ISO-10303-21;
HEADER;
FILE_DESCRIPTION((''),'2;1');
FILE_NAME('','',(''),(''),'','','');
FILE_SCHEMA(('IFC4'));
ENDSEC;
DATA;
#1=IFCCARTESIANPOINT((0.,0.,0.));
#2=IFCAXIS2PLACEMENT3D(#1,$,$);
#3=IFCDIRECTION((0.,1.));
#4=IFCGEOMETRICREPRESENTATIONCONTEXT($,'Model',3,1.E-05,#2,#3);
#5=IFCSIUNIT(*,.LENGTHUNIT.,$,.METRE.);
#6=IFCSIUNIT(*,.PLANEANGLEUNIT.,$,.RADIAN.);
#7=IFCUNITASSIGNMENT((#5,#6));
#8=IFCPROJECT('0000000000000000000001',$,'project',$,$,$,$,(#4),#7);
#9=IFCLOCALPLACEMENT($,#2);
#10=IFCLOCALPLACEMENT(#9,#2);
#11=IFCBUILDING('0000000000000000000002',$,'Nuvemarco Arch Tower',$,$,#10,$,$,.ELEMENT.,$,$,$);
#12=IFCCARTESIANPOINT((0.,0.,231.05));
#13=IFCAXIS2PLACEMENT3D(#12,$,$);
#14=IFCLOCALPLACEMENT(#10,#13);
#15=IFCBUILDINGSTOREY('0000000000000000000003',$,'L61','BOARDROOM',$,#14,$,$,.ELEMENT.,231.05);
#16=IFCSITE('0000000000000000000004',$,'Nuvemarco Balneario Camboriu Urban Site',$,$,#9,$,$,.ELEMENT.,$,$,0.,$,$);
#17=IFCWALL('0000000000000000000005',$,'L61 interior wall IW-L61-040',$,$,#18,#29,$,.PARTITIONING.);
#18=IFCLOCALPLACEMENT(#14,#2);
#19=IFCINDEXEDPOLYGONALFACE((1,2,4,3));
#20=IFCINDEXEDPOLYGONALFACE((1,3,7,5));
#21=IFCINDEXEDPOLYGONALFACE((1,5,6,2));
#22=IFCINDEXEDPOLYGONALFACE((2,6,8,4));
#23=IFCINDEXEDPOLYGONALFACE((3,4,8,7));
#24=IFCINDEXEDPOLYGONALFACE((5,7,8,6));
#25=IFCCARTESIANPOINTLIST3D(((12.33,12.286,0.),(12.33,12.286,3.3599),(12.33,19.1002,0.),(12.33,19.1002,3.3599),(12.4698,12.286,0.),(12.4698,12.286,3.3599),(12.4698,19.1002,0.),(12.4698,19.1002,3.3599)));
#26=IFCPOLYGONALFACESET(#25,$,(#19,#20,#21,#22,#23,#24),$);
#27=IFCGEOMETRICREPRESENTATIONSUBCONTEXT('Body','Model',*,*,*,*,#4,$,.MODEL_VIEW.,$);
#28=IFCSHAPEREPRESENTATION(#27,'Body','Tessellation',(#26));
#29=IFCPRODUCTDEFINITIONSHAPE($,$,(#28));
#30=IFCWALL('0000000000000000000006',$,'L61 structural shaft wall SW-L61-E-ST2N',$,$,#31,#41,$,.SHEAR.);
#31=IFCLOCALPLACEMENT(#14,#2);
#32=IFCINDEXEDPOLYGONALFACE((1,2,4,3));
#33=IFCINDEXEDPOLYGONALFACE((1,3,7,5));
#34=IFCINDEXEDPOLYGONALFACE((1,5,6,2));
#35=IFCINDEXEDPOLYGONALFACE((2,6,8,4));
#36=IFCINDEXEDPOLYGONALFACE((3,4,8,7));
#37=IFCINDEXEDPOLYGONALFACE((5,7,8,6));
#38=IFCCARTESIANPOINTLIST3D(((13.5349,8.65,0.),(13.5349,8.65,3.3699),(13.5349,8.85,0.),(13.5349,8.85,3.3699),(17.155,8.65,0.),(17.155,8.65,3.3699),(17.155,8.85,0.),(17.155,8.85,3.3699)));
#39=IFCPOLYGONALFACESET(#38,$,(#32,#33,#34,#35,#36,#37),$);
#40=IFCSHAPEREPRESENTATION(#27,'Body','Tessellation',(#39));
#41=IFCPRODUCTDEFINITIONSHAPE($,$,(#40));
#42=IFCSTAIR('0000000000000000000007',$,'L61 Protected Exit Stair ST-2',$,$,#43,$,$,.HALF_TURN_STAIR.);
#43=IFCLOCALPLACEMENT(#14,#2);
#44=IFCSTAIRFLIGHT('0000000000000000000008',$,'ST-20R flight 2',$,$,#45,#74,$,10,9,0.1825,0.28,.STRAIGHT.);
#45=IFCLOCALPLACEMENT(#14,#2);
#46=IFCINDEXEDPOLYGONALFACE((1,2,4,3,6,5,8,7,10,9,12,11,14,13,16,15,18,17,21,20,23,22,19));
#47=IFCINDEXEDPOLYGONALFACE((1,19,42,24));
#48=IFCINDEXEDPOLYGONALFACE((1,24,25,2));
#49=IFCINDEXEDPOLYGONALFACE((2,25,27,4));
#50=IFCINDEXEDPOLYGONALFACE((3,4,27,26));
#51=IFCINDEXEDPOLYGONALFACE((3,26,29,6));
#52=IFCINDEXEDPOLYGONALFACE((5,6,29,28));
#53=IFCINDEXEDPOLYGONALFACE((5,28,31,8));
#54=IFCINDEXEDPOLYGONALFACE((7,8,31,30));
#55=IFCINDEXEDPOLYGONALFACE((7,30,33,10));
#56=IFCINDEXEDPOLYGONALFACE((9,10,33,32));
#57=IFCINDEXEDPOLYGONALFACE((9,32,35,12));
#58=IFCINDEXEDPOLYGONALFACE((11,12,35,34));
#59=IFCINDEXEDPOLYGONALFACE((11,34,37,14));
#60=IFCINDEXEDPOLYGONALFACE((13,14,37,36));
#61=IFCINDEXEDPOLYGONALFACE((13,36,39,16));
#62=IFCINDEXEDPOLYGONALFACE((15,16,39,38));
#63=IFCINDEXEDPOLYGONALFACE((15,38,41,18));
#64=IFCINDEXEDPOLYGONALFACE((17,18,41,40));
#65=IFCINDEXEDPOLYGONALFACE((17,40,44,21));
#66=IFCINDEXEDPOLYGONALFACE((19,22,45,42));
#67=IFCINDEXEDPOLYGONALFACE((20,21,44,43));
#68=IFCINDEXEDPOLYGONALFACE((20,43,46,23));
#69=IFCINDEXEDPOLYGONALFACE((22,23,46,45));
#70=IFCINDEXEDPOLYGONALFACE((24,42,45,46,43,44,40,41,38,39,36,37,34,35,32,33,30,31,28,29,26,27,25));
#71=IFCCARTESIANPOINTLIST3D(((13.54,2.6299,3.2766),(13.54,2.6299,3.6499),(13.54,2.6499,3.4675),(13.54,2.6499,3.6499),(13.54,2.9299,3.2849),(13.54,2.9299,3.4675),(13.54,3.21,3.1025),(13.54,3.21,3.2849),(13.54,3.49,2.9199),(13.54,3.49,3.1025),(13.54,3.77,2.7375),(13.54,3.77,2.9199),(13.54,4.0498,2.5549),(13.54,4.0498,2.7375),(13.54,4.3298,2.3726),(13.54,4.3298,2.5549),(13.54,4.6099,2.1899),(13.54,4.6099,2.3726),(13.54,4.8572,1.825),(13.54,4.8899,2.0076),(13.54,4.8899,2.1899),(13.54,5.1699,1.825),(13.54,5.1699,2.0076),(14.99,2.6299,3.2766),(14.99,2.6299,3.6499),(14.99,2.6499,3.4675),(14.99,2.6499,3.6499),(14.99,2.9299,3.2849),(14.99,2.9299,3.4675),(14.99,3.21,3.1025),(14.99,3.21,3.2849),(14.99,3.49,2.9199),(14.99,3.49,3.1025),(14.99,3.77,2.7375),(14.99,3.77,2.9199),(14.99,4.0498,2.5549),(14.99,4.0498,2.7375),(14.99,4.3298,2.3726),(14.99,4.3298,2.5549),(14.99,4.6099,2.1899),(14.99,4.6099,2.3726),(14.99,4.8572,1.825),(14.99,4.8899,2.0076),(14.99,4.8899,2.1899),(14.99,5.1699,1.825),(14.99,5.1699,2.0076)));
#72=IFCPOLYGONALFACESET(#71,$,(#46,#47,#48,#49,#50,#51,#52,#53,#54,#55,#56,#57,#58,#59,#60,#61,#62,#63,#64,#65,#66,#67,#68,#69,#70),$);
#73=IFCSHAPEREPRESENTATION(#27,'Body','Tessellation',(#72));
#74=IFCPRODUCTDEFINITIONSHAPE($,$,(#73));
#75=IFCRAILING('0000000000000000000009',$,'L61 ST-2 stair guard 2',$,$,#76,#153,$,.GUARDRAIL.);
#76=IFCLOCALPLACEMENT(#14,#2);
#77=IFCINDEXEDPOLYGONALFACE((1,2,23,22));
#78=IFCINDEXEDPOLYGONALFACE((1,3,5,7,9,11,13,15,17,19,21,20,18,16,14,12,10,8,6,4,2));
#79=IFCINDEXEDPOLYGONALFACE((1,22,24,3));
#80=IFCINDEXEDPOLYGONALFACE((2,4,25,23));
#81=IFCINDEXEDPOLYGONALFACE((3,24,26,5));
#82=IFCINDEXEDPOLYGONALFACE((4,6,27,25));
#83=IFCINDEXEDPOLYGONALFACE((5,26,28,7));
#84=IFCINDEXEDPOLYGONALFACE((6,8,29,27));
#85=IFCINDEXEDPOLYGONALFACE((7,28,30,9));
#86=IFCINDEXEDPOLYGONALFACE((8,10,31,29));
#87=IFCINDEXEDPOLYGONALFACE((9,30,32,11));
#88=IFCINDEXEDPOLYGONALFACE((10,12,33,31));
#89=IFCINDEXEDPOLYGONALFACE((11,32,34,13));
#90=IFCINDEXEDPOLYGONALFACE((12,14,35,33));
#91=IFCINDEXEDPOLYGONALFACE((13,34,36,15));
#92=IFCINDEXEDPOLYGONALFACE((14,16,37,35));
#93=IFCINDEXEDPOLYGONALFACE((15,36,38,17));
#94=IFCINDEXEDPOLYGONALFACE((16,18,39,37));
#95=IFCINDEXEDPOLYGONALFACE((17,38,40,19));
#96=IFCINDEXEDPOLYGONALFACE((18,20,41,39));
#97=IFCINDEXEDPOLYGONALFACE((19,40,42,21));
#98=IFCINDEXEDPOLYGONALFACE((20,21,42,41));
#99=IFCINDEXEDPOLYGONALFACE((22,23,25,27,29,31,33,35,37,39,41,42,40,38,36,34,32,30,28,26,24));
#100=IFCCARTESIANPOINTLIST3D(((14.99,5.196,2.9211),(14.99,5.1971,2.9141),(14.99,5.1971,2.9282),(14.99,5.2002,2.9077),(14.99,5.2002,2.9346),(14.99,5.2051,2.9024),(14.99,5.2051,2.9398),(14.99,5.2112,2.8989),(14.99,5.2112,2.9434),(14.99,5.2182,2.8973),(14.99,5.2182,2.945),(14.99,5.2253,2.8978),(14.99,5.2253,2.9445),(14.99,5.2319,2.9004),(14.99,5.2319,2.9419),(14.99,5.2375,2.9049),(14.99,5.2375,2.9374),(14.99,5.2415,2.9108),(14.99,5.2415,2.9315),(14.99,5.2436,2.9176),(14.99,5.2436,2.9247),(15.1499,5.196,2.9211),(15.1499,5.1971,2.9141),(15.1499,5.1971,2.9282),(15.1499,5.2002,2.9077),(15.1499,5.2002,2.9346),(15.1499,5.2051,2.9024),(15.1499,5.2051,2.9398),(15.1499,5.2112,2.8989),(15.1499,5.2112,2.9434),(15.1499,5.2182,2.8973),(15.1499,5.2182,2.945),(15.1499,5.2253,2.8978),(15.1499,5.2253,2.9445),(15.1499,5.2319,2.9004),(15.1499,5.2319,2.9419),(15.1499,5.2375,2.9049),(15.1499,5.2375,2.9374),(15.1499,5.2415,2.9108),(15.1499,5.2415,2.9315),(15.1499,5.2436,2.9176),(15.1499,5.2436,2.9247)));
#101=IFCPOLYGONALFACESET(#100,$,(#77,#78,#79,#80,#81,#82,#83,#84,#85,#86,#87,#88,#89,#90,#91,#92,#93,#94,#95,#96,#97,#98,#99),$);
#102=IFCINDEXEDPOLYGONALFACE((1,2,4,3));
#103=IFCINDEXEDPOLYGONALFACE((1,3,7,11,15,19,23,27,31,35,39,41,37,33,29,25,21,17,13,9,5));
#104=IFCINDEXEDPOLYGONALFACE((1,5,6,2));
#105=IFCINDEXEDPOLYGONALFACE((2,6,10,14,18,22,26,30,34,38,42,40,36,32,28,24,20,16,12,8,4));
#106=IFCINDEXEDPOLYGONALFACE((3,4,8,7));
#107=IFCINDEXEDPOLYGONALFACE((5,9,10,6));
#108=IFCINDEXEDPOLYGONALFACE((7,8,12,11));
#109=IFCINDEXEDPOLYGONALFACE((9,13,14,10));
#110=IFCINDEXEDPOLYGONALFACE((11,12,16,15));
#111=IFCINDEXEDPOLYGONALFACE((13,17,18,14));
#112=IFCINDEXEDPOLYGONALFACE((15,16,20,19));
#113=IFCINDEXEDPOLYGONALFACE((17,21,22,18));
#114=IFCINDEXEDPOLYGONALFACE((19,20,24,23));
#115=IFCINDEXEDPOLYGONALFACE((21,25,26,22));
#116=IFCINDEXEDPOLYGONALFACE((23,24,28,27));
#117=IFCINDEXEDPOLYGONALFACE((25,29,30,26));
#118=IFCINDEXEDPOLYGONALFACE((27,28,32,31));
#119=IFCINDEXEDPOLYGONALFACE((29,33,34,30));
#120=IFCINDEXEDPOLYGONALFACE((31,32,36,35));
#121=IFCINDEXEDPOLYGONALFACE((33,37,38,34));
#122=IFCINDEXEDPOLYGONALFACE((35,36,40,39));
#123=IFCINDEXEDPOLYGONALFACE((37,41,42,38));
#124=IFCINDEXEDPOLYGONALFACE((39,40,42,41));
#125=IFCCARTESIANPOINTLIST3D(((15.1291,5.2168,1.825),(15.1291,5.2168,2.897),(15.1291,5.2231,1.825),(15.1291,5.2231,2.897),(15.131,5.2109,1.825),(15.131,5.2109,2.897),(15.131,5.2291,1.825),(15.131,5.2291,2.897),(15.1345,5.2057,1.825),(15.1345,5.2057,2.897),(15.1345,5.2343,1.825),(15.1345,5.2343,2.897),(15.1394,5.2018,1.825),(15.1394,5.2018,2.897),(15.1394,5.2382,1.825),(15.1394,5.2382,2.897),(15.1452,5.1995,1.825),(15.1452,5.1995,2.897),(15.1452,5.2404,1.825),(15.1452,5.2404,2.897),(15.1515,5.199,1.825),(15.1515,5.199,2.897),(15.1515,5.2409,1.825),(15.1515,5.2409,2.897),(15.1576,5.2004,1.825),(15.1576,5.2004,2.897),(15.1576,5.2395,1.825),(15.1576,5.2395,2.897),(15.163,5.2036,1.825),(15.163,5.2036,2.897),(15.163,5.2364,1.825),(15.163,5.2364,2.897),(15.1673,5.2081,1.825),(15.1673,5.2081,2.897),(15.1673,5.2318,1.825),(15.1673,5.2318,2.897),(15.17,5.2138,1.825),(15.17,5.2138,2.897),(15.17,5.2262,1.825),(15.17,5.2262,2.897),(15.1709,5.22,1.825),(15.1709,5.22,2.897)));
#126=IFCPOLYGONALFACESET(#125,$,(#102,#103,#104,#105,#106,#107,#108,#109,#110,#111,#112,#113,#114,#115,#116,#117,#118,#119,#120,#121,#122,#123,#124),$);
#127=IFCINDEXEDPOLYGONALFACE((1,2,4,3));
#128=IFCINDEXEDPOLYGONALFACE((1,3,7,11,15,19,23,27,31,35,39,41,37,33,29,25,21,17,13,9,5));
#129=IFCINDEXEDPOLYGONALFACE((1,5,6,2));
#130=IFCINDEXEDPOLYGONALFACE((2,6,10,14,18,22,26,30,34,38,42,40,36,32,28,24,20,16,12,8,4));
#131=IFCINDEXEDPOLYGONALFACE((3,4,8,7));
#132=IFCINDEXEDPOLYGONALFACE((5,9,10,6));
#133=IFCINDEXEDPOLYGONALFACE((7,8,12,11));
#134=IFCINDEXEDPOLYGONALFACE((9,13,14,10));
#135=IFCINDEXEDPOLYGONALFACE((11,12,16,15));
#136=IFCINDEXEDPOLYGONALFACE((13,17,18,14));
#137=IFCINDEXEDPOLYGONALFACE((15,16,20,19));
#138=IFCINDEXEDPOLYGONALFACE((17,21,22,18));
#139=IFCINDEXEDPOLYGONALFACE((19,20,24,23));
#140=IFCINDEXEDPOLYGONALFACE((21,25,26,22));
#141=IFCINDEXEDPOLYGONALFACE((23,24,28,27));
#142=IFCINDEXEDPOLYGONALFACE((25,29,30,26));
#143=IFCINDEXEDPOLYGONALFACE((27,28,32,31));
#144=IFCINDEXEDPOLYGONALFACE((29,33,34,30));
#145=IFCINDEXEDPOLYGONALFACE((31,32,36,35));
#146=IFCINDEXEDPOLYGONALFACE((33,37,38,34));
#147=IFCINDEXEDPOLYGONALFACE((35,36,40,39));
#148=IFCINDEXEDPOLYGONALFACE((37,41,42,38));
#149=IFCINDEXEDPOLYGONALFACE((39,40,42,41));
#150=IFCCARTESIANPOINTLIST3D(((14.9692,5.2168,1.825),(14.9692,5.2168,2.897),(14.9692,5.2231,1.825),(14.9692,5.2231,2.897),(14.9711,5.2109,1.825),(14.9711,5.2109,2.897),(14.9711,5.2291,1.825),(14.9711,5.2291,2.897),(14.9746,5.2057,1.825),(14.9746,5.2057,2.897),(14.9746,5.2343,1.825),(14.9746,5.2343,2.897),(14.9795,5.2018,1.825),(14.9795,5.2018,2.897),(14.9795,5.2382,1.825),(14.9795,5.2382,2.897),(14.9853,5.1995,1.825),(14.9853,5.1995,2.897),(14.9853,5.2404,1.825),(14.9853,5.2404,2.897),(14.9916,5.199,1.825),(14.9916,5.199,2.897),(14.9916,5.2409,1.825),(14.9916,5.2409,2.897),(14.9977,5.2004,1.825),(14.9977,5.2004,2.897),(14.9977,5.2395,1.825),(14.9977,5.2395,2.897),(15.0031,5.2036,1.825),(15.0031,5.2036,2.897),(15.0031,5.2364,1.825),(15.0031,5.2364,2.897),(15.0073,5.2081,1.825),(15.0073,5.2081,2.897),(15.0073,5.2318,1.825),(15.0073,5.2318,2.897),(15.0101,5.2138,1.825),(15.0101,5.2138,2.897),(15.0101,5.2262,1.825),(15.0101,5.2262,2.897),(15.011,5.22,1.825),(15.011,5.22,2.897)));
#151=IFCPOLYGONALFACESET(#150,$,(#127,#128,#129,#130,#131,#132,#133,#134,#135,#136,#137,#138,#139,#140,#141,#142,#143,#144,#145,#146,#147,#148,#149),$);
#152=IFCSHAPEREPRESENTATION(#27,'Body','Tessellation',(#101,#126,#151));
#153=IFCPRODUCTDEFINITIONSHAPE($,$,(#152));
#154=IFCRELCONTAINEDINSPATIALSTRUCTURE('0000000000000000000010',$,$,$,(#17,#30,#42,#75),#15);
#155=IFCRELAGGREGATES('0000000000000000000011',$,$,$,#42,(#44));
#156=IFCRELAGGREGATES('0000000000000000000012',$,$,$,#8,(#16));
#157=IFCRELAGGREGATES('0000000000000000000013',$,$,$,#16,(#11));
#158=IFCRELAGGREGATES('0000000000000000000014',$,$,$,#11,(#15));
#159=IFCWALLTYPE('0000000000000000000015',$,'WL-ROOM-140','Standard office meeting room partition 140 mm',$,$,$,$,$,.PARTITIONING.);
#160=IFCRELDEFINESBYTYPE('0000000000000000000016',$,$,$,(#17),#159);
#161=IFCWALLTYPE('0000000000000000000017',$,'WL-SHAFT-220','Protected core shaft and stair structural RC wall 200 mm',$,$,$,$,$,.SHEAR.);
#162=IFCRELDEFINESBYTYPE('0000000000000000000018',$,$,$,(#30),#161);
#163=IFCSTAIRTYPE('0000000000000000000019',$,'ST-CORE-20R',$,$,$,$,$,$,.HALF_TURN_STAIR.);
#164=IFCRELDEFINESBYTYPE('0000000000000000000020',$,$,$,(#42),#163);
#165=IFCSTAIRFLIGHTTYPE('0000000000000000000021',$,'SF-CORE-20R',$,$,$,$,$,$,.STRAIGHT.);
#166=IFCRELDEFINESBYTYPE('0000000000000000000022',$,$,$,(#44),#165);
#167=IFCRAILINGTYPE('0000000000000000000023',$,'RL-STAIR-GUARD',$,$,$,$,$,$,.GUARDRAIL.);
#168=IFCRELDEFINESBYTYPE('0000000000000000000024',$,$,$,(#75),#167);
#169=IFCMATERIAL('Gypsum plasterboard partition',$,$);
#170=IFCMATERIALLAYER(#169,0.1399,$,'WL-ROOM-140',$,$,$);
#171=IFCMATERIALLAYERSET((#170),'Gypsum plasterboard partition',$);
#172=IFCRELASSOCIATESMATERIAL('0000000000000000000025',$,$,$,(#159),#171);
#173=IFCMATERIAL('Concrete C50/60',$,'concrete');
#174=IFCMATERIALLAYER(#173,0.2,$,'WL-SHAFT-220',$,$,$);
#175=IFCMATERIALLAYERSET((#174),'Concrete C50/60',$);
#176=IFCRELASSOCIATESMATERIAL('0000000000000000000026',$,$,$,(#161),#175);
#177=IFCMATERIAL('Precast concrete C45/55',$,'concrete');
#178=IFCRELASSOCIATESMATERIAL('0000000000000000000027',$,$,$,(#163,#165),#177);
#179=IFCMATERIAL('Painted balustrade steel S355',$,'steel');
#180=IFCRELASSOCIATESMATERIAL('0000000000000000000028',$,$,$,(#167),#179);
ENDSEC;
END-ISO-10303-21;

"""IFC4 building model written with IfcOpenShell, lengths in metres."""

from ifc_helpers import new_model, si_unit, direction, frame, frame_2d, origin, origin_2d, place, context, subcontext, project, spatial, polyline, rectangle, circle, outline, extrude, material, layer, layer_set, type_object, element, aggregate, save


model = new_model("IFC4")

# Units and contexts
model_context = context("Model", 3, precision=1e-05, world=origin(), true_north=direction((0.0, 1.0)))
body_context = subcontext(model_context, "Body", "Model", "MODEL_VIEW")
ifc_project = project(units=[si_unit("LENGTHUNIT", "METRE"), si_unit("PLANEANGLEUNIT", "RADIAN")], contexts=[model_context])

# Site, building, storey
site_placement = place(None, origin())
site = spatial("IfcSite", under=ifc_project, at=site_placement, Name="Nuvemarco Balneario Camboriu Urban Site", CompositionType="ELEMENT", RefElevation=0.0)
building_placement = place(site_placement, origin())
building = spatial("IfcBuilding", under=site, at=building_placement, Name="Nuvemarco Arch Tower", CompositionType="ELEMENT")
storey_placement = place(building_placement, frame((0.0, 0.0, 231.05)))
storey = spatial("IfcBuildingStorey", under=building, at=storey_placement, Name="L61", Description="BOARDROOM", CompositionType="ELEMENT", Elevation=231.05)

# Shared definitions
ifc_material_1 = material(Name="Concrete C50/60", Category="concrete")

# Shared definitions
ifc_material_2 = material(Name="Precast concrete C45/55", Category="concrete")

# Walls
ifc_material_3 = material(Name="Gypsum plasterboard partition")
ifc_layer_1 = layer(ifc_material_3, 0.1399, Name="WL-ROOM-140")
ifc_layer_set_1 = layer_set([ifc_layer_1], Name="Gypsum plasterboard partition")
wall_type_1 = type_object("IfcWallType", Name="WL-ROOM-140", Description="Standard office meeting room partition 140 mm", PredefinedType="PARTITIONING", material=ifc_layer_set_1)
wall_1_placement = place(storey_placement, frame((12.3999, 12.2859, 0.0), z_axis=(0.0, 0.0, 1.0), x_axis=(0.0, 1.0, 0.0)))
element("IfcWall", 1, at=wall_1_placement, inside=storey, type_object=wall_type_1, Name="L61 interior wall IW-L61-040", PredefinedType="PARTITIONING", context=body_context, shape_type="SweptSolid", body=[
    extrude(rectangle(XDim=6.8142, YDim=0.1399, at=frame_2d((3.4072, 0.0))), origin(), (0.0, 0.0, 1.0), 3.3599),
])
ifc_layer_2 = layer(ifc_material_1, 0.2, Name="WL-SHAFT-220")
ifc_layer_set_2 = layer_set([ifc_layer_2], Name="Concrete C50/60")
wall_type_2 = type_object("IfcWallType", Name="WL-SHAFT-220", Description="Protected core shaft and stair structural RC wall 200 mm", PredefinedType="SHEAR", material=ifc_layer_set_2)
wall_2_placement = place(storey_placement, frame((13.5349, 8.75, 0.0), z_axis=(0.0, 0.0, 1.0), x_axis=(1.0, 0.0, 0.0)))
element("IfcWall", 2, at=wall_2_placement, inside=storey, type_object=wall_type_2, Name="L61 structural shaft wall SW-L61-E-ST2N", PredefinedType="SHEAR", context=body_context, shape_type="SweptSolid", body=[
    extrude(rectangle(XDim=3.6201, YDim=0.2, at=frame_2d((1.8101, 0.0))), origin(), (0.0, 0.0, 1.0), 3.3699),
])

# Stair, stair flight
stair_type = type_object("IfcStairType", Name="ST-CORE-20R", PredefinedType="HALF_TURN_STAIR", material=ifc_material_2)
stair_placement = place(storey_placement, origin())
stair = element("IfcStair", 3, at=stair_placement, inside=storey, type_object=stair_type, Name="L61 Protected Exit Stair ST-2", PredefinedType="HALF_TURN_STAIR")
stair_flight_type = type_object("IfcStairFlightType", Name="SF-CORE-20R", PredefinedType="STRAIGHT", material=ifc_material_2)
stair_flight_placement = place(storey_placement, frame((14.2649, 5.1699, 1.825), z_axis=(0.0, 0.0, 1.0), x_axis=(0.0, -1.0, 0.0)))
stair_flight = element("IfcStairFlight", 4, at=stair_flight_placement, type_object=stair_flight_type, Name="ST-20R flight 2", NumberOfRisers=10, NumberOfTreads=9, PredefinedType="STRAIGHT", RiserHeight=0.1825, TreadLength=0.28, context=body_context, shape_type="SweptSolid", body=[
    extrude(outline(polyline([(0.0, 0.0), (0.0, 0.1826), (0.28, 0.1826), (0.28, 0.365), (0.5601, 0.365), (0.5601, 0.5476), (0.8401, 0.5476), (0.8401, 0.73), (1.1201, 0.73), (1.1201, 0.9126), (1.3999, 0.9126), (1.3999, 1.095), (1.6799, 1.095), (1.6799, 1.2776), (1.96, 1.2776), (1.96, 1.46), (2.24, 1.46), (2.24, 1.6426), (2.52, 1.6426), (2.52, 1.825), (2.54, 1.825), (2.54, 1.4517), (0.3127, 0.0), (0.0, 0.0)])), frame((0.0, 0.7251, 0.0), z_axis=(0.0, -1.0, 0.0), x_axis=(1.0, 0.0, 0.0)), (0.0, 0.0, 1.0), 1.45),
])
aggregate(stair, [stair_flight])

# Railing
ifc_material_4 = material(Name="Painted balustrade steel S355", Category="steel")
railing_type = type_object("IfcRailingType", Name="RL-STAIR-GUARD", PredefinedType="GUARDRAIL", material=ifc_material_4)
railing_1_placement = place(storey_placement, frame((15.1499, 5.22, 1.825)))
element("IfcRailing", 5, at=railing_1_placement, inside=storey, type_object=railing_type, Name="L61 ST-2 stair guard 2", PredefinedType="GUARDRAIL", context=body_context, shape_type="SweptSolid", body=[
    extrude(circle(Radius=0.0239, at=origin_2d()), frame((0.0, 0.0, 1.0962), z_axis=(-1.0, 0.0, 0.0), x_axis=(0.0, -1.0, 0.0)), (0.0, 0.0, 1.0), 0.1599),
    extrude(circle(Radius=0.021, at=origin_2d()), origin(), (0.0, 0.0, 1.0), 1.072),
    extrude(circle(Radius=0.021, at=origin_2d()), frame((-0.1599, 0.0, 0.0)), (0.0, 0.0, 1.0), 1.072),
])

save(model, "model.ifc")
